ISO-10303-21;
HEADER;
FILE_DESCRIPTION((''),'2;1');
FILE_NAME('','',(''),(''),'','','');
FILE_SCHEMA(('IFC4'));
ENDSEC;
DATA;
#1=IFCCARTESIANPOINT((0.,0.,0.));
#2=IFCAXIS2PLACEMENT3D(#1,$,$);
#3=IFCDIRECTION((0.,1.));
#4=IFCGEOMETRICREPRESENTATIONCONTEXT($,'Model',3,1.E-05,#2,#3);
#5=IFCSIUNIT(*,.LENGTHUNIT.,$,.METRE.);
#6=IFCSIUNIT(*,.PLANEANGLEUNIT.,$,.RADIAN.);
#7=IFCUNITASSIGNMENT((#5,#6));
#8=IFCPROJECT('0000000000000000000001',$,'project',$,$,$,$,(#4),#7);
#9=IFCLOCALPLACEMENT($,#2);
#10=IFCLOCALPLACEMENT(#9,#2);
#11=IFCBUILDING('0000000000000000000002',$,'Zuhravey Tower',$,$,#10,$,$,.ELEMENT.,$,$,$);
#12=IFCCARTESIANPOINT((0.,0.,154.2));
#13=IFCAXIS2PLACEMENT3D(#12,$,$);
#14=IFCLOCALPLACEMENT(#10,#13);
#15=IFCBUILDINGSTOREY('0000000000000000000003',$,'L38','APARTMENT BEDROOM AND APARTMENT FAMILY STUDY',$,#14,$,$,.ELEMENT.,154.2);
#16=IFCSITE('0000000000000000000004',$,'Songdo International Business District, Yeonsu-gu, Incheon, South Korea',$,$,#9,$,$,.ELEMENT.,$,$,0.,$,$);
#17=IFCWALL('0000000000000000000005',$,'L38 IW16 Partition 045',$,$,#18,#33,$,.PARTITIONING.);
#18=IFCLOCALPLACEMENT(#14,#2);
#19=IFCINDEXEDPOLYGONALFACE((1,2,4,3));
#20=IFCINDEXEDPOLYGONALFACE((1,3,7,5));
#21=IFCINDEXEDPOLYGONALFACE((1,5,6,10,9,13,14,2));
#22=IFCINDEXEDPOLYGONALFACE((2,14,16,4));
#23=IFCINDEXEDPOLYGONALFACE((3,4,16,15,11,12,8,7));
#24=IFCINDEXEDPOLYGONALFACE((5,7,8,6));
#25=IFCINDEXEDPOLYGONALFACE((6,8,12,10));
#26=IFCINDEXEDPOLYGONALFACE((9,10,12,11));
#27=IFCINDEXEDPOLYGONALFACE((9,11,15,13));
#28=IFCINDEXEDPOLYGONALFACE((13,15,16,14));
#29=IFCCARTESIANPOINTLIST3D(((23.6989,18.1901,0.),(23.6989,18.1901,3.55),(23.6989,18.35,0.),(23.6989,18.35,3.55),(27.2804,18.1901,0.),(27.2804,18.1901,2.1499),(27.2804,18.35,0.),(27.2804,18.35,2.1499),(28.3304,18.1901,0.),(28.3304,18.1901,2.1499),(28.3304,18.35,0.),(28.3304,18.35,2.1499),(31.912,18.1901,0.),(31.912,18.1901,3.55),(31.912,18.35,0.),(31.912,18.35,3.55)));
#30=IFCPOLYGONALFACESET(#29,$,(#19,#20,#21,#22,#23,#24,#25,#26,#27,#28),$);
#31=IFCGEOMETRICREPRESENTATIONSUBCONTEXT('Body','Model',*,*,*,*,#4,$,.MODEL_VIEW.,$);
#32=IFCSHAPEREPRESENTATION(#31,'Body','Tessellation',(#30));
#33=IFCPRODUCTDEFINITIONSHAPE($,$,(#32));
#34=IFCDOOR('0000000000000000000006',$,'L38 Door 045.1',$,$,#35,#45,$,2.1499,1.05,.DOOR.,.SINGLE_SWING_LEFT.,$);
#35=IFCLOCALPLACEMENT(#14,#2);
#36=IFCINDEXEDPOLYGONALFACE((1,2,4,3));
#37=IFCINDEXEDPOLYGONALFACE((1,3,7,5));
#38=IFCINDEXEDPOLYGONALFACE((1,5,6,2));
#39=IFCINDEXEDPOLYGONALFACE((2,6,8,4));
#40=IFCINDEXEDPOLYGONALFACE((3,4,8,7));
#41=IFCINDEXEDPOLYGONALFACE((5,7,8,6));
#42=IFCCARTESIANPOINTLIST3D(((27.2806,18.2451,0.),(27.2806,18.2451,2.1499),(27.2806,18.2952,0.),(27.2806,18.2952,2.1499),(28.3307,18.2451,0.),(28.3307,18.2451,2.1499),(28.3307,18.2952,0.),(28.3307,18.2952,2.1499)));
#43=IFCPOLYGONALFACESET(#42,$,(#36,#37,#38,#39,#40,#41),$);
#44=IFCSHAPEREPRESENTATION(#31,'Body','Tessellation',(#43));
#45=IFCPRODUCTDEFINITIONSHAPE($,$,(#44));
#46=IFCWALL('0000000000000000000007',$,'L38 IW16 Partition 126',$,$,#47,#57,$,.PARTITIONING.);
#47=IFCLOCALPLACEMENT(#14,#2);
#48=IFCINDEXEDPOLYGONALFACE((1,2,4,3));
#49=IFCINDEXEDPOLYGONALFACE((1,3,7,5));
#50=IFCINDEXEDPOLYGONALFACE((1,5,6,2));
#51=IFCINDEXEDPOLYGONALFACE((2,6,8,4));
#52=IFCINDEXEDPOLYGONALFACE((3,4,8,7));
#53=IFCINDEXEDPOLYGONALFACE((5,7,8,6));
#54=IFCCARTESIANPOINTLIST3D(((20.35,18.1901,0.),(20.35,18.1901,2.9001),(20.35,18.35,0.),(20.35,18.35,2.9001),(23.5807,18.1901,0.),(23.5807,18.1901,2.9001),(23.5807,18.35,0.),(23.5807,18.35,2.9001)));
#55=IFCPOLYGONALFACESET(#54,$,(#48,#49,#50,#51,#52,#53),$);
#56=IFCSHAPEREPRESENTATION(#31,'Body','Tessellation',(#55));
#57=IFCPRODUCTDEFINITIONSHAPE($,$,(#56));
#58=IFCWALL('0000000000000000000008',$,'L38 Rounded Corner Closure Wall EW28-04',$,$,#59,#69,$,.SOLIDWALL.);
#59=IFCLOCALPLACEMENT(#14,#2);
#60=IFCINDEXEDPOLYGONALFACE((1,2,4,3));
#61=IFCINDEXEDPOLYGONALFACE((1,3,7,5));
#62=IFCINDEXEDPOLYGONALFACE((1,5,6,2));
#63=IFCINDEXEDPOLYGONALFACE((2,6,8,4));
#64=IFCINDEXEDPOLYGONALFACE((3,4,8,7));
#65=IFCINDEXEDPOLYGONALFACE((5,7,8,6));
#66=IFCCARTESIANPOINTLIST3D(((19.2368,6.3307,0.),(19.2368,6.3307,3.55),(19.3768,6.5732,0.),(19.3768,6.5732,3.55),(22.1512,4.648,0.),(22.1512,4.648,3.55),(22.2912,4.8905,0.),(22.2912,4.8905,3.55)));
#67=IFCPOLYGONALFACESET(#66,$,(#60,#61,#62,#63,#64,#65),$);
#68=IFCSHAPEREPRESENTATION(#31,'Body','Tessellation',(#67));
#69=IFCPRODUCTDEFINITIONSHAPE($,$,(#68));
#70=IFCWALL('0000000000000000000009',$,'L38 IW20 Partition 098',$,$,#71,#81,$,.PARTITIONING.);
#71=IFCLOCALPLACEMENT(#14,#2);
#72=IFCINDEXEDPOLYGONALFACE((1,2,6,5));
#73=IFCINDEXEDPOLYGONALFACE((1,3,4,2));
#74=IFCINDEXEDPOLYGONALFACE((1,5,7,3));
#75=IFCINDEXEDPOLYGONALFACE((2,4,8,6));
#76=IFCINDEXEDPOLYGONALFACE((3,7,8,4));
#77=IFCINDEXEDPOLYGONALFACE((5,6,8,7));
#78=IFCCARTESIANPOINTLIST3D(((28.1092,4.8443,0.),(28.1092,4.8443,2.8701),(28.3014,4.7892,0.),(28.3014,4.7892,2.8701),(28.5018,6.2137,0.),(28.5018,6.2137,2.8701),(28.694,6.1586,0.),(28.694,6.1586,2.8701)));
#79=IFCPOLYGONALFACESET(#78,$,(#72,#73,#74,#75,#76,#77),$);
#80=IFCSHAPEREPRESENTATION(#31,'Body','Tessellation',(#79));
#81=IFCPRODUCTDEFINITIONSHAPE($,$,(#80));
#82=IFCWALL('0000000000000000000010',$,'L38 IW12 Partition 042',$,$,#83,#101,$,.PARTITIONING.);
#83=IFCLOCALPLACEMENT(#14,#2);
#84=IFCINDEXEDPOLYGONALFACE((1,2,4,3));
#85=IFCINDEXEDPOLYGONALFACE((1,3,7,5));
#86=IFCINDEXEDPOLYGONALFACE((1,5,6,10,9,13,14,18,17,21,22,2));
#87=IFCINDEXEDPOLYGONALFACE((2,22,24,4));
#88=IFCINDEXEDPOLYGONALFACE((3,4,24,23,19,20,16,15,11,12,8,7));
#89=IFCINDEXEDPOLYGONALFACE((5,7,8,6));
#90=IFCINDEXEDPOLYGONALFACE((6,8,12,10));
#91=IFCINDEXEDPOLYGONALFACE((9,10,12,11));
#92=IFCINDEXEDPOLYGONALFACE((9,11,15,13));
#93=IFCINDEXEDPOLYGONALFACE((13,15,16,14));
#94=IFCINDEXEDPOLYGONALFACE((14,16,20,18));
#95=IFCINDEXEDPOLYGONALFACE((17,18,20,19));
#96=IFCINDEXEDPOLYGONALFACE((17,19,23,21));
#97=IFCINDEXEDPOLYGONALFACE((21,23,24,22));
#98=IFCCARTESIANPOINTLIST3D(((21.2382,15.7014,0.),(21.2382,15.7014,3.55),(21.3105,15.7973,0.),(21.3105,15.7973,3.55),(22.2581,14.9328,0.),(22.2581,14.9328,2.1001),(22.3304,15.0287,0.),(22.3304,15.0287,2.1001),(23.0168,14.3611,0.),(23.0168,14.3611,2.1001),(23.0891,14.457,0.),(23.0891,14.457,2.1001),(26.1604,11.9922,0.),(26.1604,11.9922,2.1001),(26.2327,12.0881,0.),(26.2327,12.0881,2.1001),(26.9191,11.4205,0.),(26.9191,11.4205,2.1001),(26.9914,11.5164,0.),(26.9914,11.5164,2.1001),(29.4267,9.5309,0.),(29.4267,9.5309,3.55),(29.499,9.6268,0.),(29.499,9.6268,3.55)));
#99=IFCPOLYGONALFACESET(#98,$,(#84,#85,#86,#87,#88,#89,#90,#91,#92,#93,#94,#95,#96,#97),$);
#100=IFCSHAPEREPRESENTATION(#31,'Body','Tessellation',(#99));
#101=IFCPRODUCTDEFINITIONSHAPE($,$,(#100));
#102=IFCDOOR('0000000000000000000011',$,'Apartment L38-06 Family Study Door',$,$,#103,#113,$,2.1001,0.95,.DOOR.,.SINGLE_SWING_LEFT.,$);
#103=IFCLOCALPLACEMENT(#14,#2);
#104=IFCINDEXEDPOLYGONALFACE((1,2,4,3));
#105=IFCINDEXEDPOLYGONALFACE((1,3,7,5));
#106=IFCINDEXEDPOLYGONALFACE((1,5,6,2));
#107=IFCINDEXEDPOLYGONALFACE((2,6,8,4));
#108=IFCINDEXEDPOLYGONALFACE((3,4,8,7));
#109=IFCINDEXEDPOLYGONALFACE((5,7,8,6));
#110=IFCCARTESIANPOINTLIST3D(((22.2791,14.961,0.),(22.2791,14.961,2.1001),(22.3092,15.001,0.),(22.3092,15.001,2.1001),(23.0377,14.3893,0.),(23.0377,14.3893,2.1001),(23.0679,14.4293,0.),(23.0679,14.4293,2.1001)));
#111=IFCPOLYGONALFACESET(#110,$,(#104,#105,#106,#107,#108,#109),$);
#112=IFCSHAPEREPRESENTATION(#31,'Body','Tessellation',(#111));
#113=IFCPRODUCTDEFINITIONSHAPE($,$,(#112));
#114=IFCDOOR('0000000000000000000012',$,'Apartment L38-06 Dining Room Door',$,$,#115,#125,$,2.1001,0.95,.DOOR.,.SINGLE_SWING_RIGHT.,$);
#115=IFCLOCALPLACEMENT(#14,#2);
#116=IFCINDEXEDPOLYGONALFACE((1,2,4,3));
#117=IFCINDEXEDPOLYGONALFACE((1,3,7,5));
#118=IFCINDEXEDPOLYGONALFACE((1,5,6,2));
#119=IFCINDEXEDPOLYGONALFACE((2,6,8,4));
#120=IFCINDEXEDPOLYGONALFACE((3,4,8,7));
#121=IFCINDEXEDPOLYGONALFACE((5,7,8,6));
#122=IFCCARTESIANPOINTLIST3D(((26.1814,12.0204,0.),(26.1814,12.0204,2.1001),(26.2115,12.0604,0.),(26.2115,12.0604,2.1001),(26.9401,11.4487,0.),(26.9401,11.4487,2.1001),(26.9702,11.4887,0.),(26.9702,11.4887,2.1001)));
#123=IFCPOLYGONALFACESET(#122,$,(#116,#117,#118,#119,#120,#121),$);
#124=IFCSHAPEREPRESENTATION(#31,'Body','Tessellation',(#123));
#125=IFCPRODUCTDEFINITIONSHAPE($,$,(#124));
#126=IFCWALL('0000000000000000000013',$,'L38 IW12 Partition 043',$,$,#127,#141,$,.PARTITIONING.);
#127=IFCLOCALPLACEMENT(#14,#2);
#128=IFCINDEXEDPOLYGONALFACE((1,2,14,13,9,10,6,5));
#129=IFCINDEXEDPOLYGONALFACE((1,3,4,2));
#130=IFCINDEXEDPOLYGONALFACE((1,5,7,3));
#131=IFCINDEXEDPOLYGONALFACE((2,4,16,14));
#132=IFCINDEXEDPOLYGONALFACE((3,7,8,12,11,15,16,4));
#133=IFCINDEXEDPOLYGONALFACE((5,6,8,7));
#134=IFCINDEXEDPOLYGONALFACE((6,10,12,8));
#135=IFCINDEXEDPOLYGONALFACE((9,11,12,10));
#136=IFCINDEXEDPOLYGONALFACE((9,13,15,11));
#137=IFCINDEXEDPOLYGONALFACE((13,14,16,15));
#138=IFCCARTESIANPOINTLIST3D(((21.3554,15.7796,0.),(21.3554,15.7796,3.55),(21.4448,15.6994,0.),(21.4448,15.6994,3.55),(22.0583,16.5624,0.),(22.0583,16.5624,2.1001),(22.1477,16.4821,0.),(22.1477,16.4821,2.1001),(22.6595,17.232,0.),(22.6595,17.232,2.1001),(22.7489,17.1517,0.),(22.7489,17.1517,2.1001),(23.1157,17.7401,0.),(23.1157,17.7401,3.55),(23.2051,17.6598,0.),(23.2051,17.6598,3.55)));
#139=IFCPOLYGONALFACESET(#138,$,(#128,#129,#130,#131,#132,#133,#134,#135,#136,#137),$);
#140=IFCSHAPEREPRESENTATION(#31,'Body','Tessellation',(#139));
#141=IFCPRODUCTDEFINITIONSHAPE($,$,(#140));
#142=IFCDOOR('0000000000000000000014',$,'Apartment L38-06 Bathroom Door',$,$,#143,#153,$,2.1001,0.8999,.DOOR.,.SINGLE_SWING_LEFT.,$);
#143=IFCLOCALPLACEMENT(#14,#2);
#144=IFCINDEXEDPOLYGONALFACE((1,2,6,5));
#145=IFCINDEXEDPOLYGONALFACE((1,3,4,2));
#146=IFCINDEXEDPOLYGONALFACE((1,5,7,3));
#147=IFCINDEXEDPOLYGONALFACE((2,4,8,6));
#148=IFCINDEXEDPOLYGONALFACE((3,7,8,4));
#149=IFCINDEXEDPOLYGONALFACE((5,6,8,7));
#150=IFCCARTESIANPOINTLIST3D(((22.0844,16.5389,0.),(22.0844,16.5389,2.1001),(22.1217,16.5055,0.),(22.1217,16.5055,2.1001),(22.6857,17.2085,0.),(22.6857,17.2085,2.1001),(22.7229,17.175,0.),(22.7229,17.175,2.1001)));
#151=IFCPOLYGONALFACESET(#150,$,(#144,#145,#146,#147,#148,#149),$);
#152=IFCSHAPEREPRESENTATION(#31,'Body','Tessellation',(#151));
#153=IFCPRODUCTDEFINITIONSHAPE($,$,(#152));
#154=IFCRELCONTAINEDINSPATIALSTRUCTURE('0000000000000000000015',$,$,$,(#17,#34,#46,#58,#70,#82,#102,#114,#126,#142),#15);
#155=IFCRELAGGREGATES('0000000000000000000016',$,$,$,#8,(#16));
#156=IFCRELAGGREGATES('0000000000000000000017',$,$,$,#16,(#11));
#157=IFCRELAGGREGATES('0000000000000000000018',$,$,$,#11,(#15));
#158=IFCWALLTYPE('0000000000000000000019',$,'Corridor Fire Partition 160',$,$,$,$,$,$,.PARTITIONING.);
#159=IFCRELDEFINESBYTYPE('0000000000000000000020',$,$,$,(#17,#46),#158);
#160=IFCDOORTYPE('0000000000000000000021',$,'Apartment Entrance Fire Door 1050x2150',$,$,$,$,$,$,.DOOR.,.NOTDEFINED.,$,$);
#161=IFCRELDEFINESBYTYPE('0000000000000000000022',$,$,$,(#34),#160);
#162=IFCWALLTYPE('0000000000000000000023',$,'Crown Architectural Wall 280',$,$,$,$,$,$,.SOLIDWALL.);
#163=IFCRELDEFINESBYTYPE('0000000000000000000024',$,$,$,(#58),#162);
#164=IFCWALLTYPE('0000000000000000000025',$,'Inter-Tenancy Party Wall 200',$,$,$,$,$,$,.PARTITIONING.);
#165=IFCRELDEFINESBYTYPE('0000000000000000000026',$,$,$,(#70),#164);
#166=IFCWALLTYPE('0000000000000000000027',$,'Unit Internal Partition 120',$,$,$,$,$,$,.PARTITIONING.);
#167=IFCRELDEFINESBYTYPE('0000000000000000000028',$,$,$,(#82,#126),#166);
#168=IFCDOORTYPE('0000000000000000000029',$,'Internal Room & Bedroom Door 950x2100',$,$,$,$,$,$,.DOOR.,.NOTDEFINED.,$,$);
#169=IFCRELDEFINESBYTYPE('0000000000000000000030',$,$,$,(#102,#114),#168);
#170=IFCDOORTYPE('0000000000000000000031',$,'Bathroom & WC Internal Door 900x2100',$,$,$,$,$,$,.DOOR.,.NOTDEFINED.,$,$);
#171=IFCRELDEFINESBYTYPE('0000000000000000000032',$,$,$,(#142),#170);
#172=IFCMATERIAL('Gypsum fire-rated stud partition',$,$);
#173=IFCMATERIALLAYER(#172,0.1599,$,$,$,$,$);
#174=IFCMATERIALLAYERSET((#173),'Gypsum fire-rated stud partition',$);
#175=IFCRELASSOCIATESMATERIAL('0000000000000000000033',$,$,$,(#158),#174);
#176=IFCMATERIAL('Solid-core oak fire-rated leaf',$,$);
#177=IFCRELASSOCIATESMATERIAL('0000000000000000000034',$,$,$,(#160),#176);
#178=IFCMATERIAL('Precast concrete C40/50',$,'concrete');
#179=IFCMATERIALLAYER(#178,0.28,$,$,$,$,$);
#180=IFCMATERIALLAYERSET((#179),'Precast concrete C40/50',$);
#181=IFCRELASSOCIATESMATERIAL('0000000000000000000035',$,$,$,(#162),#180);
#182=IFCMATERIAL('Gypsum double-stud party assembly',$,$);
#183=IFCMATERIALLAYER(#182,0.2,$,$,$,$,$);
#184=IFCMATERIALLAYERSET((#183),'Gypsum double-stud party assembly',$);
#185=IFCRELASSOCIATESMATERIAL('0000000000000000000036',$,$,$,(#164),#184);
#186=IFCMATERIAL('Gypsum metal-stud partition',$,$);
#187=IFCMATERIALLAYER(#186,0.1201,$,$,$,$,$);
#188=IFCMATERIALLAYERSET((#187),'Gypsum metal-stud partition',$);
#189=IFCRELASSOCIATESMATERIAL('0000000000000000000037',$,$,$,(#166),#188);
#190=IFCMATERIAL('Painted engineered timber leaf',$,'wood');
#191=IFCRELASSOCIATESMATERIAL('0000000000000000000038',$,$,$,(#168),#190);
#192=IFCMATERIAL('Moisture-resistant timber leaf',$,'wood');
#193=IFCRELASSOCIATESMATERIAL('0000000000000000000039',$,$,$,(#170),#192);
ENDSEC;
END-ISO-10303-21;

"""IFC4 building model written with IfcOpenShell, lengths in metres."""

from ifc_helpers import new_model, si_unit, direction, frame, frame_2d, origin, place, context, subcontext, project, spatial, rectangle, extrude, material, layer, layer_set, type_object, element, fill, save


model = new_model("IFC4")

# Units and contexts
model_context = context("Model", 3, precision=1e-05, world=origin(), true_north=direction((0.0, 1.0)))
body_context = subcontext(model_context, "Body", "Model", "MODEL_VIEW")
ifc_project = project(units=[si_unit("LENGTHUNIT", "METRE"), si_unit("PLANEANGLEUNIT", "RADIAN")], contexts=[model_context])

# Site, building, storey
site_placement = place(None, origin())
site = spatial("IfcSite", under=ifc_project, at=site_placement, Name="Songdo International Business District, Yeonsu-gu, Incheon, South Korea", CompositionType="ELEMENT", RefElevation=0.0)
building_placement = place(site_placement, origin())
building = spatial("IfcBuilding", under=site, at=building_placement, Name="Zuhravey Tower", CompositionType="ELEMENT")
storey_placement = place(building_placement, frame((0.0, 0.0, 154.2)))
storey = spatial("IfcBuildingStorey", under=building, at=storey_placement, Name="L38", Description="APARTMENT BEDROOM AND APARTMENT FAMILY STUDY", CompositionType="ELEMENT", Elevation=154.2)

# Wall, opening, door
ifc_material_1 = material(Name="Gypsum fire-rated stud partition")
ifc_layer_1 = layer(ifc_material_1, 0.1599)
ifc_layer_set_1 = layer_set([ifc_layer_1], Name="Gypsum fire-rated stud partition")
wall_type_1 = type_object("IfcWallType", Name="Corridor Fire Partition 160", PredefinedType="PARTITIONING", material=ifc_layer_set_1)
wall_1_placement = place(storey_placement, frame((23.699, 18.27, 0.0), z_axis=(0.0, 0.0, 1.0), x_axis=(1.0, 0.0, 0.0)))
wall_1 = element("IfcWall", 1, at=wall_1_placement, inside=storey, type_object=wall_type_1, Name="L38 IW16 Partition 045", PredefinedType="PARTITIONING", context=body_context, shape_type="SweptSolid", body=[
    extrude(rectangle(XDim=8.2131, YDim=0.1599, at=frame_2d((4.1064, 0.0))), origin(), (0.0, 0.0, 1.0), 3.55),
])
opening_1_placement = place(wall_1_placement, frame((3.5815, 0.0, 0.0)))
opening_1 = element("IfcOpeningElement", 2, at=opening_1_placement, cuts=wall_1, PredefinedType="OPENING", context=body_context, shape_type="SweptSolid", body=[
    extrude(rectangle(XDim=1.05, YDim=2.1499, at=frame_2d((0.5249, 1.075))), frame((0.0, 0.092, 0.0), z_axis=(0.0, -1.0, 0.0), x_axis=(1.0, 0.0, 0.0)), (0.0, 0.0, 1.0), 0.1838),
])
ifc_material_2 = material(Name="Solid-core oak fire-rated leaf")
door_type_1 = type_object("IfcDoorType", Name="Apartment Entrance Fire Door 1050x2150", OperationType="NOTDEFINED", PredefinedType="DOOR", material=ifc_material_2)
door_1_placement = place(opening_1_placement, frame((1.05, 0.0, 0.0), z_axis=(0.0, 0.0, 1.0), x_axis=(-1.0, 0.0, 0.0)))
door_1 = element("IfcDoor", 3, at=door_1_placement, inside=storey, type_object=door_type_1, Name="L38 Door 045.1", OperationType="SINGLE_SWING_LEFT", OverallHeight=2.1499, OverallWidth=1.05, PredefinedType="DOOR", context=body_context, shape_type="SweptSolid", body=[
    extrude(rectangle(XDim=1.05, YDim=2.1499, at=frame_2d((0.5249, 1.075))), frame((0.0, 0.0249, 0.0), z_axis=(0.0, -1.0, 0.0), x_axis=(1.0, 0.0, 0.0)), (0.0, 0.0, 1.0), 0.05),
])
fill(opening_1, door_1)

# Walls
wall_2_placement = place(storey_placement, frame((20.3501, 18.27, 0.0), z_axis=(0.0, 0.0, 1.0), x_axis=(1.0, 0.0, 0.0)))
element("IfcWall", 4, at=wall_2_placement, inside=storey, type_object=wall_type_1, Name="L38 IW16 Partition 126", PredefinedType="PARTITIONING", context=body_context, shape_type="SweptSolid", body=[
    extrude(rectangle(XDim=3.2307, YDim=0.1599, at=frame_2d((1.6152, 0.0))), origin(), (0.0, 0.0, 1.0), 2.9001),
])
ifc_material_3 = material(Name="Precast concrete C40/50", Category="concrete")
ifc_layer_2 = layer(ifc_material_3, 0.28)
ifc_layer_set_2 = layer_set([ifc_layer_2], Name="Precast concrete C40/50")
wall_type_2 = type_object("IfcWallType", Name="Crown Architectural Wall 280", PredefinedType="SOLIDWALL", material=ifc_layer_set_2)
wall_3_placement = place(storey_placement, frame((22.2212, 4.7693, 0.0), z_axis=(0.0, 0.0, 1.0), x_axis=(-0.86602, 0.500009, 0.0)))
element("IfcWall", 5, at=wall_3_placement, inside=storey, type_object=wall_type_2, Name="L38 Rounded Corner Closure Wall EW28-04", PredefinedType="SOLIDWALL", context=body_context, shape_type="SweptSolid", body=[
    extrude(rectangle(XDim=3.3652, YDim=0.28, at=frame_2d((1.6826, 0.0))), origin(), (0.0, 0.0, 1.0), 3.55),
])
ifc_material_4 = material(Name="Gypsum double-stud party assembly")
ifc_layer_3 = layer(ifc_material_4, 0.2)
ifc_layer_set_3 = layer_set([ifc_layer_3], Name="Gypsum double-stud party assembly")
wall_type_3 = type_object("IfcWallType", Name="Inter-Tenancy Party Wall 200", PredefinedType="PARTITIONING", material=ifc_layer_set_3)
wall_4_placement = place(storey_placement, frame((28.5979, 6.1863, 0.0), z_axis=(0.0, 0.0, 1.0), x_axis=(-0.275581, -0.961278, 0.0)))
element("IfcWall", 6, at=wall_4_placement, inside=storey, type_object=wall_type_3, Name="L38 IW20 Partition 098", PredefinedType="PARTITIONING", context=body_context, shape_type="SweptSolid", body=[
    extrude(rectangle(XDim=1.4246, YDim=0.2, at=frame_2d((0.7124, 0.0))), origin(), (0.0, 0.0, 1.0), 2.8701),
])

# Wall, openings, doors
ifc_material_5 = material(Name="Gypsum metal-stud partition")
ifc_layer_4 = layer(ifc_material_5, 0.1201)
ifc_layer_set_4 = layer_set([ifc_layer_4], Name="Gypsum metal-stud partition")
wall_type_4 = type_object("IfcWallType", Name="Unit Internal Partition 120", PredefinedType="PARTITIONING", material=ifc_layer_set_4)
wall_5_placement = place(storey_placement, frame((21.2744, 15.7493, 0.0), z_axis=(0.0, 0.0, 1.0), x_axis=(0.798638, -0.601812, 0.0)))
wall_5 = element("IfcWall", 7, at=wall_5_placement, inside=storey, type_object=wall_type_4, Name="L38 IW12 Partition 042", PredefinedType="PARTITIONING", context=body_context, shape_type="SweptSolid", body=[
    extrude(rectangle(XDim=10.2532, YDim=0.1201, at=frame_2d((5.1265, 0.0))), origin(), (0.0, 0.0, 1.0), 3.55),
])
opening_2_placement = place(wall_5_placement, frame((1.2769, 0.0, 0.0)))
opening_2 = element("IfcOpeningElement", 8, at=opening_2_placement, cuts=wall_5, PredefinedType="OPENING", context=body_context, shape_type="SweptSolid", body=[
    extrude(rectangle(XDim=0.95, YDim=2.1001, at=frame_2d((0.4751, 1.05))), frame((0.0, 0.072, 0.0), z_axis=(0.0, -1.0, 0.0), x_axis=(1.0, 0.0, 0.0)), (0.0, 0.0, 1.0), 0.144),
])
opening_3_placement = place(wall_5_placement, frame((6.1631, 0.0, 0.0)))
opening_3 = element("IfcOpeningElement", 9, at=opening_3_placement, cuts=wall_5, PredefinedType="OPENING", context=body_context, shape_type="SweptSolid", body=[
    extrude(rectangle(XDim=0.95, YDim=2.1001, at=frame_2d((0.4751, 1.05))), frame((0.0, 0.072, 0.0), z_axis=(0.0, -1.0, 0.0), x_axis=(1.0, 0.0, 0.0)), (0.0, 0.0, 1.0), 0.144),
])
ifc_material_6 = material(Name="Painted engineered timber leaf", Category="wood")
door_type_2 = type_object("IfcDoorType", Name="Internal Room & Bedroom Door 950x2100", OperationType="NOTDEFINED", PredefinedType="DOOR", material=ifc_material_6)
door_2_placement = place(opening_2_placement, frame((0.95, 0.0, 0.0), z_axis=(0.0, 0.0, 1.0), x_axis=(-1.0, 0.0, 0.0)))
door_2 = element("IfcDoor", 10, at=door_2_placement, inside=storey, type_object=door_type_2, Name="Apartment L38-06 Family Study Door", OperationType="SINGLE_SWING_LEFT", OverallHeight=2.1001, OverallWidth=0.95, PredefinedType="DOOR", context=body_context, shape_type="SweptSolid", body=[
    extrude(rectangle(XDim=0.95, YDim=2.1001, at=frame_2d((0.4751, 1.05))), frame((0.0, 0.0249, 0.0), z_axis=(0.0, -1.0, 0.0), x_axis=(1.0, 0.0, 0.0)), (0.0, 0.0, 1.0), 0.05),
])
fill(opening_2, door_2)
door_3_placement = place(opening_3_placement, frame((0.95, 0.0, 0.0), z_axis=(0.0, 0.0, 1.0), x_axis=(-1.0, 0.0, 0.0)))
door_3 = element("IfcDoor", 11, at=door_3_placement, inside=storey, type_object=door_type_2, Name="Apartment L38-06 Dining Room Door", OperationType="SINGLE_SWING_RIGHT", OverallHeight=2.1001, OverallWidth=0.95, PredefinedType="DOOR", context=body_context, shape_type="SweptSolid", body=[
    extrude(rectangle(XDim=0.95, YDim=2.1001, at=frame_2d((0.4751, 1.05))), frame((0.0, 0.0249, 0.0), z_axis=(0.0, -1.0, 0.0), x_axis=(1.0, 0.0, 0.0)), (0.0, 0.0, 1.0), 0.05),
])
fill(opening_3, door_3)

# Wall, opening, door
wall_6_placement = place(storey_placement, frame((23.1604, 17.7, 0.0), z_axis=(0.0, 0.0, 1.0), x_axis=(-0.668094, -0.744077, 0.0)))
wall_6 = element("IfcWall", 12, at=wall_6_placement, inside=storey, type_object=wall_type_4, Name="L38 IW12 Partition 043", PredefinedType="PARTITIONING", context=body_context, shape_type="SweptSolid", body=[
    extrude(rectangle(XDim=2.6348, YDim=0.1201, at=frame_2d((1.3174, 0.0))), origin(), (0.0, 0.0, 1.0), 3.55),
])
opening_4_placement = place(wall_6_placement, frame((0.6829, 0.0, 0.0)))
opening_4 = element("IfcOpeningElement", 13, at=opening_4_placement, cuts=wall_6, PredefinedType="OPENING", context=body_context, shape_type="SweptSolid", body=[
    extrude(rectangle(XDim=0.8999, YDim=2.1001, at=frame_2d((0.45, 1.05))), frame((0.0, 0.072, 0.0), z_axis=(0.0, -1.0, 0.0), x_axis=(1.0, 0.0, 0.0)), (0.0, 0.0, 1.0), 0.144),
])
ifc_material_7 = material(Name="Moisture-resistant timber leaf", Category="wood")
door_type_3 = type_object("IfcDoorType", Name="Bathroom & WC Internal Door 900x2100", OperationType="NOTDEFINED", PredefinedType="DOOR", material=ifc_material_7)
door_4_placement = place(opening_4_placement, frame((0.8999, 0.0, 0.0), z_axis=(0.0, 0.0, 1.0), x_axis=(-1.0, 0.0, 0.0)))
door_4 = element("IfcDoor", 14, at=door_4_placement, inside=storey, type_object=door_type_3, Name="Apartment L38-06 Bathroom Door", OperationType="SINGLE_SWING_LEFT", OverallHeight=2.1001, OverallWidth=0.8999, PredefinedType="DOOR", context=body_context, shape_type="SweptSolid", body=[
    extrude(rectangle(XDim=0.8999, YDim=2.1001, at=frame_2d((0.45, 1.05))), frame((0.0, 0.0249, 0.0), z_axis=(0.0, -1.0, 0.0), x_axis=(1.0, 0.0, 0.0)), (0.0, 0.0, 1.0), 0.05),
])
fill(opening_4, door_4)

save(model, "model.ifc")
